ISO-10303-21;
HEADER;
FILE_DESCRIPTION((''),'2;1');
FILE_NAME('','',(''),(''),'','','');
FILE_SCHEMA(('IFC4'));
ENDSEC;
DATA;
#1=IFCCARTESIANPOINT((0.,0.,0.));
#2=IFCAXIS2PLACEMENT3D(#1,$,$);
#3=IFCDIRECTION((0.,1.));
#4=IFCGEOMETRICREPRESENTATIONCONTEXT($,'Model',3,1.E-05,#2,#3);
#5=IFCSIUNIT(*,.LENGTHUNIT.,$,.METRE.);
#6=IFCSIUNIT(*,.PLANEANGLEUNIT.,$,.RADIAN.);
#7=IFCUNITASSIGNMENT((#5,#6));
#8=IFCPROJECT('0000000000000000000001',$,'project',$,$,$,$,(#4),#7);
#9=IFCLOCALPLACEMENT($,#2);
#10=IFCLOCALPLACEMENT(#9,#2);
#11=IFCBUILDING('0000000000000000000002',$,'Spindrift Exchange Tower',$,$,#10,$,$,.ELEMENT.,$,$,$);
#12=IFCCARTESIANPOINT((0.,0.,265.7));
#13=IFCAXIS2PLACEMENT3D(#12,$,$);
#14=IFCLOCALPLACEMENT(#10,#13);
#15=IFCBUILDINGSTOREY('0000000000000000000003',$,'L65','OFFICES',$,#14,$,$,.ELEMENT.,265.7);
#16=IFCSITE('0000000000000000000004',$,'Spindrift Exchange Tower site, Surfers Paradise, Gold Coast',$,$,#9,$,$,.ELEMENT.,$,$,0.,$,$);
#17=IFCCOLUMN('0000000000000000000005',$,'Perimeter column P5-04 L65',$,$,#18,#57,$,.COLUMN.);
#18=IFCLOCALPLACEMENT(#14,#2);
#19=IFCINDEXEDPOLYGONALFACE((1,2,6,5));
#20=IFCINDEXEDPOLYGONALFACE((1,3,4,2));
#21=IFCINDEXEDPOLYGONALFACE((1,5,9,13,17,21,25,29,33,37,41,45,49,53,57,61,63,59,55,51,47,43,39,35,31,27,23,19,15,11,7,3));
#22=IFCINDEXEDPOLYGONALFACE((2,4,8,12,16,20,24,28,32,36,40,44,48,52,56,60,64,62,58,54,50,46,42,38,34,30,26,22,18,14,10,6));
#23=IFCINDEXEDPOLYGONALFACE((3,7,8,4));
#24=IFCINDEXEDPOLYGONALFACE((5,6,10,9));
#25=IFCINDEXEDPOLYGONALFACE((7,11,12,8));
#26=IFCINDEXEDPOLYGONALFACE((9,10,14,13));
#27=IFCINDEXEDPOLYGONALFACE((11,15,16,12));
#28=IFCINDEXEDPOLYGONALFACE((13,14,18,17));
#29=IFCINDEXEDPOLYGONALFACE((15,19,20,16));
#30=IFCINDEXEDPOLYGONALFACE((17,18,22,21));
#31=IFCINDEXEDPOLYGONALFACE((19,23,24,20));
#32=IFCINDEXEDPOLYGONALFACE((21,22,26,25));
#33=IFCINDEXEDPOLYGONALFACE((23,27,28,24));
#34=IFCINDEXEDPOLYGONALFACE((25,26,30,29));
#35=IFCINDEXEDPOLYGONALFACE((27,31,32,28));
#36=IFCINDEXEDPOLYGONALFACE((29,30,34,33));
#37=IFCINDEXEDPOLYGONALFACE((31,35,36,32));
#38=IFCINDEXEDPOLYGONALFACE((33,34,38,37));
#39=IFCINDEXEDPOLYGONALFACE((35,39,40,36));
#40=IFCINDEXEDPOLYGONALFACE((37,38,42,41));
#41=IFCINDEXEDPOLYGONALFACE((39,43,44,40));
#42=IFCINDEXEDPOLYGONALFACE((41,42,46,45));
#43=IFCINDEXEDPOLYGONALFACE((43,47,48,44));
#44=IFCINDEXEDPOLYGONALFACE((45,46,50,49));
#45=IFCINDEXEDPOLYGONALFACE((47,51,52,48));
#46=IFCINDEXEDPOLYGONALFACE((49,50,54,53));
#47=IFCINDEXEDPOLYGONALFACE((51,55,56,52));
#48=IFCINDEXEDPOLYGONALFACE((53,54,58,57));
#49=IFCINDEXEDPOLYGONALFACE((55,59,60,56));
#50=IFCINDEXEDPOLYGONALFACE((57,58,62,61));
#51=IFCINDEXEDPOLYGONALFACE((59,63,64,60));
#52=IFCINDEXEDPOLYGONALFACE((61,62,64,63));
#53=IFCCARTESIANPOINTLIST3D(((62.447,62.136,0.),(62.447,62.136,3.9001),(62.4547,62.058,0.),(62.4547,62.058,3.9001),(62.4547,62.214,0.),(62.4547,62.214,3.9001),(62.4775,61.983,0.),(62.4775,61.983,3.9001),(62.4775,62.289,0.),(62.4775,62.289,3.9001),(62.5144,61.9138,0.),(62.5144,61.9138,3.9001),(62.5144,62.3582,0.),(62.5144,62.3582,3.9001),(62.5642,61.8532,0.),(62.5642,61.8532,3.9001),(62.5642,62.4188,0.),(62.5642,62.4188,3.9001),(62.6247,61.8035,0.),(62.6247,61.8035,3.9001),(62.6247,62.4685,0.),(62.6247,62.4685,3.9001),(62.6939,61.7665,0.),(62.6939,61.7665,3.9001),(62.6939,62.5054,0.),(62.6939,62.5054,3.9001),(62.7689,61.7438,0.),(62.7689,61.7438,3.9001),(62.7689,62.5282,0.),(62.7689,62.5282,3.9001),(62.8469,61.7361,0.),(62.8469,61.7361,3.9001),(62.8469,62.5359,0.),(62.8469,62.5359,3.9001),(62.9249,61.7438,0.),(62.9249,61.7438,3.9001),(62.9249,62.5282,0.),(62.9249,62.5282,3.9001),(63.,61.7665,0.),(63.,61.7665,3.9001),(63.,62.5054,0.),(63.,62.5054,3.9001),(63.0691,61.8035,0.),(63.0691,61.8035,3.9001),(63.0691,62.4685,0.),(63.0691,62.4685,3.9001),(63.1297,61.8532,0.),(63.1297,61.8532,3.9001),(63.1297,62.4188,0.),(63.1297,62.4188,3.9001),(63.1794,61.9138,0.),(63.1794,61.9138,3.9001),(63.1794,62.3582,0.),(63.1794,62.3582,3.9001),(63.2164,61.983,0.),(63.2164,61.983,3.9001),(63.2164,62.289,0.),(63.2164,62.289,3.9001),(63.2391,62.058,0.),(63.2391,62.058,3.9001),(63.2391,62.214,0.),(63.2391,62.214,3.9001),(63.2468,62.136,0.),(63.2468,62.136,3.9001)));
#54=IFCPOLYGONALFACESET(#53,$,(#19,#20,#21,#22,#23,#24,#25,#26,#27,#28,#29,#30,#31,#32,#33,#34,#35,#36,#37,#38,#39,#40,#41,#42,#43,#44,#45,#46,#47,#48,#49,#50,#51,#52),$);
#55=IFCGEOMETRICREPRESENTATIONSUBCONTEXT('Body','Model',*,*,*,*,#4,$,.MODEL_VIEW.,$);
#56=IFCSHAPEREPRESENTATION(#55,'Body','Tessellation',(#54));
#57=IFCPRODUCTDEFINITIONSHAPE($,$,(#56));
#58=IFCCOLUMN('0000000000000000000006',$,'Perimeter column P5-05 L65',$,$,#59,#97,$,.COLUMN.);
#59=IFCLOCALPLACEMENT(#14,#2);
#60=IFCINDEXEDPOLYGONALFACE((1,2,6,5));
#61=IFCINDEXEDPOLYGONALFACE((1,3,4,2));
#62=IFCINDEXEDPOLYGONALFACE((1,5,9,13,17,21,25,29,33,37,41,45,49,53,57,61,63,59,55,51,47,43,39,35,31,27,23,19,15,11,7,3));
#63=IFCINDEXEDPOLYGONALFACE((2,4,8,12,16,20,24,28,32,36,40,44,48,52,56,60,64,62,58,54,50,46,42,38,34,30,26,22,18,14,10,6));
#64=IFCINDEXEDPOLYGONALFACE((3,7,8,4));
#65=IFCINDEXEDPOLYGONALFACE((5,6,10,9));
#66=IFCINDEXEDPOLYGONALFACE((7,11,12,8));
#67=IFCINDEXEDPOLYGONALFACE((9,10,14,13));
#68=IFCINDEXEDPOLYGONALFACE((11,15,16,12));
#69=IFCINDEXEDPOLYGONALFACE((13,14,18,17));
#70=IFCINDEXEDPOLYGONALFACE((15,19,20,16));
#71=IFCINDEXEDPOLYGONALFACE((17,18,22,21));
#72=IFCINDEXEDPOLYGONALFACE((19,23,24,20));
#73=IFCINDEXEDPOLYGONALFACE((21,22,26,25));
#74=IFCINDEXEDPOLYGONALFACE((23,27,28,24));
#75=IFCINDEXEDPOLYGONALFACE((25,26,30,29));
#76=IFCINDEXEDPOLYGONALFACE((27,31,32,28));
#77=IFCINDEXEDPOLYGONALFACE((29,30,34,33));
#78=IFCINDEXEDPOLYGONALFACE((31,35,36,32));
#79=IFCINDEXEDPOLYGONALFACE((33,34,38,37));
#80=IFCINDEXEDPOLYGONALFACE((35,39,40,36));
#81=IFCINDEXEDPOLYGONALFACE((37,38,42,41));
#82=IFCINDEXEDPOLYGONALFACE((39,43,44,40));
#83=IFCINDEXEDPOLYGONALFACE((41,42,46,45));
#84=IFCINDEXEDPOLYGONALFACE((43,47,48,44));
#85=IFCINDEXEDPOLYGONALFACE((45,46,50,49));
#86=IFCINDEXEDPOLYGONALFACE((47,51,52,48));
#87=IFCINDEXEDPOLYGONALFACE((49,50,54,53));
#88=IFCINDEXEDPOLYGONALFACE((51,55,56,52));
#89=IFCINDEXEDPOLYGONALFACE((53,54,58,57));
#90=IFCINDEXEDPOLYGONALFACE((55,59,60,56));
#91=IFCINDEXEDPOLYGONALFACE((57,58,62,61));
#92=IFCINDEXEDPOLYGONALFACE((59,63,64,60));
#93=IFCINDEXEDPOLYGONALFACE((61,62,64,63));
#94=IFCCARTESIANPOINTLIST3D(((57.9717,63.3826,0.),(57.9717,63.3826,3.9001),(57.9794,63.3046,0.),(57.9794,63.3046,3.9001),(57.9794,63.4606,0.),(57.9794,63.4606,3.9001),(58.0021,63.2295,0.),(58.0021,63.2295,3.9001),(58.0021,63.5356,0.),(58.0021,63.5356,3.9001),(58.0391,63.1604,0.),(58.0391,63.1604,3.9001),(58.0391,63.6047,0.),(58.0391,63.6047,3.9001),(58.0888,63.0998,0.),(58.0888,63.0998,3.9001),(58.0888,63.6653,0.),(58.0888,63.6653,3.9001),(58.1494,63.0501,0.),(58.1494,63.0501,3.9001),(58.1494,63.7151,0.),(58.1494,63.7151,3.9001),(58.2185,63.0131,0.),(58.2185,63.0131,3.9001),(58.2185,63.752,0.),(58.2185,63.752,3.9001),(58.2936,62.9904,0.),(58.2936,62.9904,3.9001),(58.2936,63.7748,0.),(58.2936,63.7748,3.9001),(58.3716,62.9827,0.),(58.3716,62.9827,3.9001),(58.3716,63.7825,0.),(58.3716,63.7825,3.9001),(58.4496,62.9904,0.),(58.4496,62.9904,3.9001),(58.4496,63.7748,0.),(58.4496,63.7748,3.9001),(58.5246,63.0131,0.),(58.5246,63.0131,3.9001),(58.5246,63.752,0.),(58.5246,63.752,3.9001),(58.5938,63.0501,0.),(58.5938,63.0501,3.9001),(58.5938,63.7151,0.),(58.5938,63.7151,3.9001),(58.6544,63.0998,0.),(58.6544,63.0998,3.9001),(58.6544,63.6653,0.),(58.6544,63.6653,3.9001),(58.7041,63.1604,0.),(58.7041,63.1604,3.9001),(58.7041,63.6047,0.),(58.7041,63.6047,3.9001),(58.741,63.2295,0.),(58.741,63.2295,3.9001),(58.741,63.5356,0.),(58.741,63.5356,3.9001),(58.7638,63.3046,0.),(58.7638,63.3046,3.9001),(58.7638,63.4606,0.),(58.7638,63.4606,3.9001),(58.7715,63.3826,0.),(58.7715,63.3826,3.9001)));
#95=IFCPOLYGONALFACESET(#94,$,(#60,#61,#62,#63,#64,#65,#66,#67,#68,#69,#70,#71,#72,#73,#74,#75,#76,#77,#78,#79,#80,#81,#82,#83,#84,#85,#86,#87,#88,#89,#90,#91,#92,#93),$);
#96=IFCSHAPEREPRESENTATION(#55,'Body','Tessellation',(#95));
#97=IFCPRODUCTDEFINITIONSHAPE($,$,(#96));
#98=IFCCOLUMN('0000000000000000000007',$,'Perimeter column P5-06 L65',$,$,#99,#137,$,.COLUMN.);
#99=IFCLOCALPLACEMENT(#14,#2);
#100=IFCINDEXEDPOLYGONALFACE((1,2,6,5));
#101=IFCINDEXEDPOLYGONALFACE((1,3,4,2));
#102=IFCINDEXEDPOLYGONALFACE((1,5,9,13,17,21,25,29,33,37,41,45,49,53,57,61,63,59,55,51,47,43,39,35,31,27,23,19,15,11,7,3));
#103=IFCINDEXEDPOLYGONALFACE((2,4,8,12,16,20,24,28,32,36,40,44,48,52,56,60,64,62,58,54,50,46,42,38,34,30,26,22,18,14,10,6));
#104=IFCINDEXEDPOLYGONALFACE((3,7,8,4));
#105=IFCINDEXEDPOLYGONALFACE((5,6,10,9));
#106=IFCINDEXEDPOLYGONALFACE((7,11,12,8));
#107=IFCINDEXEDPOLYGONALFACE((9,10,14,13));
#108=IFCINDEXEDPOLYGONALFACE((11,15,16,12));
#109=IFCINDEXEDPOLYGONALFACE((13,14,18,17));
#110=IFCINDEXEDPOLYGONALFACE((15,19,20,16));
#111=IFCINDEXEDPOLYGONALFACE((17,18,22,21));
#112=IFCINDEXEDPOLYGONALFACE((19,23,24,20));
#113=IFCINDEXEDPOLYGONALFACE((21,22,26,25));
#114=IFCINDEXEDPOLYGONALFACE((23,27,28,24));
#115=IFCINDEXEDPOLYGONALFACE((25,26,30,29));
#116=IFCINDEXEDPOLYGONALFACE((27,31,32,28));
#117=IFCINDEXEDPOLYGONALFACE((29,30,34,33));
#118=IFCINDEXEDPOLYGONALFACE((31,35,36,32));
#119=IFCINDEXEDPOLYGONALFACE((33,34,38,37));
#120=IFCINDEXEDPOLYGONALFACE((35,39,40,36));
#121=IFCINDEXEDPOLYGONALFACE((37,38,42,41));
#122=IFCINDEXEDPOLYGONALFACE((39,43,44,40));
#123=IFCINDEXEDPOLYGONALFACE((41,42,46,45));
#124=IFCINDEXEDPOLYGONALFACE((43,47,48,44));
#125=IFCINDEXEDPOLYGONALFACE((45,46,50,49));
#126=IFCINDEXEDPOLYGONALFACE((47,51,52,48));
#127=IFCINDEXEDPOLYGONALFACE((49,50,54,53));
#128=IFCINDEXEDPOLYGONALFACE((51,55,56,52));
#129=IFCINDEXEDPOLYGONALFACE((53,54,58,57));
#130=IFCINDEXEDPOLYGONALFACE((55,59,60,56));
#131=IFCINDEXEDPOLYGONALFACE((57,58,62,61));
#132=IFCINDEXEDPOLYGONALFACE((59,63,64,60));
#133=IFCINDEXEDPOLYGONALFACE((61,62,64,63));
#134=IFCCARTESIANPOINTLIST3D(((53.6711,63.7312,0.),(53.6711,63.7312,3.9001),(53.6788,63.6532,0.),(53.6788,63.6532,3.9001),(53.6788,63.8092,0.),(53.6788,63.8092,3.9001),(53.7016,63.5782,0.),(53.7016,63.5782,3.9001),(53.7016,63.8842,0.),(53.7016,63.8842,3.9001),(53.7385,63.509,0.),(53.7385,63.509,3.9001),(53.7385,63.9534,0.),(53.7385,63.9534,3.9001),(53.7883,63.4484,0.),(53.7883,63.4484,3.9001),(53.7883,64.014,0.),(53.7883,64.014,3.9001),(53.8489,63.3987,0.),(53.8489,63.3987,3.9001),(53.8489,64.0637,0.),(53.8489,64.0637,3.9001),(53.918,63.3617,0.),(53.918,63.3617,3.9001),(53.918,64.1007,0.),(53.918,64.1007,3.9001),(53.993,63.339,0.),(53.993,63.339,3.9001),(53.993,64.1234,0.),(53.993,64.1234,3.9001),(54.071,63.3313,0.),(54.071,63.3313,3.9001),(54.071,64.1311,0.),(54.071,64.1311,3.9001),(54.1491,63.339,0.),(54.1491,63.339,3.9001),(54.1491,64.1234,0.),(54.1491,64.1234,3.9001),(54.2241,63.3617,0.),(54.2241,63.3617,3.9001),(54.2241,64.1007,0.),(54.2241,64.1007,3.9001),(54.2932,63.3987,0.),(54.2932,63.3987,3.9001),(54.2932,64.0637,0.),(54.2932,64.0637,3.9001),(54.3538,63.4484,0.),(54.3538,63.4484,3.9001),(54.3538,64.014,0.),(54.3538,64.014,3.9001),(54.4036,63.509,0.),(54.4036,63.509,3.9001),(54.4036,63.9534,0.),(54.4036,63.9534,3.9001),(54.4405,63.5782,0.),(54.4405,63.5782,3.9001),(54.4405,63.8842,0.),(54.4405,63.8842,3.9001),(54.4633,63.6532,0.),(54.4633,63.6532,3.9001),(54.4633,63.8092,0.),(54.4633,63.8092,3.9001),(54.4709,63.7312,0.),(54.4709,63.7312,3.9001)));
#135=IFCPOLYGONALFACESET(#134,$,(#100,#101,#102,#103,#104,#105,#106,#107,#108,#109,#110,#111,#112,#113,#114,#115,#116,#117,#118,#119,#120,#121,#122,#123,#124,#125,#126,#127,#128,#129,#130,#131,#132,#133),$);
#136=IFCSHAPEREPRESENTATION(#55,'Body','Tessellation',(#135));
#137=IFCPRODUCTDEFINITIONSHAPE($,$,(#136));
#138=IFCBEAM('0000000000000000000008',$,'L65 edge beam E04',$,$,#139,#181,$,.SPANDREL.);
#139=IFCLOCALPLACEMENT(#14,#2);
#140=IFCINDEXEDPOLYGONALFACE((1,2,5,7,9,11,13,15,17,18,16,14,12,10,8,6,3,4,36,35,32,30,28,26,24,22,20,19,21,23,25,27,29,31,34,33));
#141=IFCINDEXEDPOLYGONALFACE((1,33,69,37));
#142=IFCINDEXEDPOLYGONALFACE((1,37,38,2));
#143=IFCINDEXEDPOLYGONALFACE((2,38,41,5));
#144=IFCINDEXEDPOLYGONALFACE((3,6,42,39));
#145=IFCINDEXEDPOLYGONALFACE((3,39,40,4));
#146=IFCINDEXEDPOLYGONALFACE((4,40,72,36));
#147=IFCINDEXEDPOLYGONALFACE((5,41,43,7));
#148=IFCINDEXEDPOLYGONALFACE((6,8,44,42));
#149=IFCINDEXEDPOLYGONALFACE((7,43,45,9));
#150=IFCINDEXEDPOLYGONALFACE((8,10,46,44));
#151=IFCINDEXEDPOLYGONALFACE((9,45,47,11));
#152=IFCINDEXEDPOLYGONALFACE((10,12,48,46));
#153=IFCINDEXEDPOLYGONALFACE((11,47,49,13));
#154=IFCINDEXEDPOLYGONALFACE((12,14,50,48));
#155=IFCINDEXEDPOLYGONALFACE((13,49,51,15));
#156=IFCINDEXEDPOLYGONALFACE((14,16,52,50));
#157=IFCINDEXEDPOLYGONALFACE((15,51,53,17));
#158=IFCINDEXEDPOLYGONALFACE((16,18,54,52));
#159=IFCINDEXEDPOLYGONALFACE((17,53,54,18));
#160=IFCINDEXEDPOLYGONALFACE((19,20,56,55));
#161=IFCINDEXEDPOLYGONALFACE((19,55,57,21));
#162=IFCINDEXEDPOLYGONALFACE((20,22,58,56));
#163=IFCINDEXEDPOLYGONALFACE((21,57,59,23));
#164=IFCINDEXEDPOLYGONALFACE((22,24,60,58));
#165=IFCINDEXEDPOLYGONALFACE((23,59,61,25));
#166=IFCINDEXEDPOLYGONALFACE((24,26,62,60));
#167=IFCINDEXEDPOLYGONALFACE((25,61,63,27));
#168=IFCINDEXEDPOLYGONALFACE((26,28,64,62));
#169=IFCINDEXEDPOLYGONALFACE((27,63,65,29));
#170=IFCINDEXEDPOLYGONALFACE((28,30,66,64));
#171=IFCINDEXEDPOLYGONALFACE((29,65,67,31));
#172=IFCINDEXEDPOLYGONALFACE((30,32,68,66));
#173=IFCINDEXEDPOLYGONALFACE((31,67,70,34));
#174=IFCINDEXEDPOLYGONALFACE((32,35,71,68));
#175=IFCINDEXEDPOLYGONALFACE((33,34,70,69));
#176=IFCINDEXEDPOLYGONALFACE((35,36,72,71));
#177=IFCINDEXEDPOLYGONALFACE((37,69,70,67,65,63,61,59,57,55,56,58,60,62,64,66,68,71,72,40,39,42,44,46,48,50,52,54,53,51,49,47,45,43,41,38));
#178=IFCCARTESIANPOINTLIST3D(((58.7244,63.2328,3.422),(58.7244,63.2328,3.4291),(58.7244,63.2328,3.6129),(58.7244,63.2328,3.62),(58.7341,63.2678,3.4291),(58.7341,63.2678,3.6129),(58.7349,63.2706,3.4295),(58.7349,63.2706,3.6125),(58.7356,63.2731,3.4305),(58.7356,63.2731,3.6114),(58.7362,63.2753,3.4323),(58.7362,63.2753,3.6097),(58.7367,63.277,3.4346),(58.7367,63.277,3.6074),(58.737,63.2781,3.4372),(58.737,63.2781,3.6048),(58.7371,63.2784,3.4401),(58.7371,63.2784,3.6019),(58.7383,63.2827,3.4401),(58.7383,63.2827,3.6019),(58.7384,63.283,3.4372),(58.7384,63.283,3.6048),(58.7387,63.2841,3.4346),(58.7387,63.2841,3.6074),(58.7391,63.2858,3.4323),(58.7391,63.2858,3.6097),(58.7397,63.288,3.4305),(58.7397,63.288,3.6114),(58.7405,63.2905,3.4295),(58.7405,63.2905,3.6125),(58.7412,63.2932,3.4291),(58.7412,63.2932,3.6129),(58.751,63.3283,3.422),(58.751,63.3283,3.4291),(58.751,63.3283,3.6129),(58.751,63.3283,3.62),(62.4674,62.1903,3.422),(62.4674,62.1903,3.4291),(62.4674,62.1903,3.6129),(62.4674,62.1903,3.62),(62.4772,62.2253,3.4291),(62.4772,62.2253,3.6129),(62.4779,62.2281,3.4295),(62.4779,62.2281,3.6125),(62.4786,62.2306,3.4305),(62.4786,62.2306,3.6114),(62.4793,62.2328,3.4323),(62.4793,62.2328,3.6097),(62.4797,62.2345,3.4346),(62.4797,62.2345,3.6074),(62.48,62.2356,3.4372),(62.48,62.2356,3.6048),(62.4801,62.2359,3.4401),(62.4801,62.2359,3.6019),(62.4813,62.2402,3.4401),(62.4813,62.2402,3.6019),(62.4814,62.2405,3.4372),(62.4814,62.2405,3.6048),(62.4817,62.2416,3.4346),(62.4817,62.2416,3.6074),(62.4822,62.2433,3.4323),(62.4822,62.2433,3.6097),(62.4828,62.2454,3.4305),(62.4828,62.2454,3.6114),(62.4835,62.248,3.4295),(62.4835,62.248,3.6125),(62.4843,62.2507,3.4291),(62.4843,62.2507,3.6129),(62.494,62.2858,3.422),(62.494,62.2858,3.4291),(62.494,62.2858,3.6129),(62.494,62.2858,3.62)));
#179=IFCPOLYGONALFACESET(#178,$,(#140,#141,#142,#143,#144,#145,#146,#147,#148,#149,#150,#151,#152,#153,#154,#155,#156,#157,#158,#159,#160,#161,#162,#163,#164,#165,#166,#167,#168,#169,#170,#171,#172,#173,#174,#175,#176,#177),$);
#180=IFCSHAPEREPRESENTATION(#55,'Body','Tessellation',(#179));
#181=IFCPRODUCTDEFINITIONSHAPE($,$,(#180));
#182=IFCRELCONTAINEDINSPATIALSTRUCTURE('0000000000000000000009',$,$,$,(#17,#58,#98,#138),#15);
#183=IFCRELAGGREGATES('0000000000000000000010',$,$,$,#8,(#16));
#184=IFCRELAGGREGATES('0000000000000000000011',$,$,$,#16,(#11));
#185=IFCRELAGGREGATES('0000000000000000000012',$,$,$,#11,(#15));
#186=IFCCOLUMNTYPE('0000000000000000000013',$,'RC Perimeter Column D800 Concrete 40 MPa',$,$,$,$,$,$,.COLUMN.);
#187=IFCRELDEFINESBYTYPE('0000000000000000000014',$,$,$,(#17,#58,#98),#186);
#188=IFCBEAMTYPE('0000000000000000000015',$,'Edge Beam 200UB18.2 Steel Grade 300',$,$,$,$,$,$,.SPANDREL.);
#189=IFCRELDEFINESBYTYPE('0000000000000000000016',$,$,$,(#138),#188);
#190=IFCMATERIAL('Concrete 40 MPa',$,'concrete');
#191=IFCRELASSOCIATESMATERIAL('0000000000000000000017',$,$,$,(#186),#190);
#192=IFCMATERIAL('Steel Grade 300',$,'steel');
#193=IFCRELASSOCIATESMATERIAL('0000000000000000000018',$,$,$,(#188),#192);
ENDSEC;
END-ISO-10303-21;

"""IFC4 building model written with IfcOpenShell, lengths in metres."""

from ifc_helpers import new_model, si_unit, direction, frame, origin, origin_2d, place, context, subcontext, project, spatial, circle, i_section, extrude, source, transform, mapped, material, material_profile, profile_set, type_object, element, save


model = new_model("IFC4")

# Units and contexts
model_context = context("Model", 3, precision=1e-05, world=origin(), true_north=direction((0.0, 1.0)))
body_context = subcontext(model_context, "Body", "Model", "MODEL_VIEW")
ifc_project = project(units=[si_unit("LENGTHUNIT", "METRE"), si_unit("PLANEANGLEUNIT", "RADIAN")], contexts=[model_context])

# Site, building, storey
site_placement = place(None, origin())
site = spatial("IfcSite", under=ifc_project, at=site_placement, Name="Spindrift Exchange Tower site, Surfers Paradise, Gold Coast", CompositionType="ELEMENT", RefElevation=0.0)
building_placement = place(site_placement, origin())
building = spatial("IfcBuilding", under=site, at=building_placement, Name="Spindrift Exchange Tower", CompositionType="ELEMENT")
storey_placement = place(building_placement, frame((0.0, 0.0, 265.7)))
storey = spatial("IfcBuildingStorey", under=building, at=storey_placement, Name="L65", Description="OFFICES", CompositionType="ELEMENT", Elevation=265.7)

# Columns
ifc_material_1 = material(Name="Concrete 40 MPa", Category="concrete")
ifc_material_profile_1 = material_profile(ifc_material_1, circle(Radius=0.3999, at=origin_2d()), Name="RC D800")
ifc_profile_set_1 = profile_set([ifc_material_profile_1], Name="Concrete 40 MPa")
column_type = type_object("IfcColumnType", Name="RC Perimeter Column D800 Concrete 40 MPa", PredefinedType="COLUMN", material=ifc_profile_set_1)
shared_shape_1 = source(origin(), body_context, "Body", "SweptSolid", [
    extrude(circle(Radius=0.3999, at=origin_2d()), origin(), (0.0, 0.0, 1.0), 3.9001),
])
for number, where, z_axis, x_axis, name in (
    (1, (62.8469, 62.136, 0.0), (0.0, 0.0, 1.0), (1.0, 0.0, 0.0), "Perimeter column P5-04 L65"),
    (2, (58.3716, 63.3826, 0.0), (0.0, 0.0, 1.0), (1.0, 0.0, 0.0), "Perimeter column P5-05 L65"),
    (3, (54.071, 63.7312, 0.0), (0.0, 0.0, 1.0), (1.0, 0.0, 0.0), "Perimeter column P5-06 L65"),
):
    element("IfcColumn", number, at=place(storey_placement, frame(where, z_axis=z_axis, x_axis=x_axis)), inside=storey, type_object=column_type, Name=name, PredefinedType="COLUMN", context=body_context, shape_type="MappedRepresentation", body=[
        mapped(shared_shape_1, transform((0.0, 0.0, 0.0), scale=1.0)),
    ])

# Beam
ifc_material_2 = material(Name="Steel Grade 300", Category="steel")
ifc_material_profile_2 = material_profile(ifc_material_2, i_section(OverallWidth=0.0991, OverallDepth=0.198, WebThickness=0.0044, FlangeThickness=0.0071, FilletRadius=0.011, at=origin_2d()), Name="200UB18.2")
ifc_profile_set_2 = profile_set([ifc_material_profile_2], Name="Steel Grade 300")
beam_type = type_object("IfcBeamType", Name="Edge Beam 200UB18.2 Steel Grade 300", PredefinedType="SPANDREL", material=ifc_profile_set_2)
shared_shape_2 = source(origin(), body_context, "Body", "SweptSolid", [
    extrude(i_section(OverallWidth=0.0991, OverallDepth=0.198, WebThickness=0.0044, FlangeThickness=0.0071, FilletRadius=0.011, at=origin_2d()), origin(), (0.0, 0.0, 1.0), 3.8855),
])
beam_1_placement = place(storey_placement, frame((62.4807, 62.238, 3.521), z_axis=(-0.963333, 0.268308, 0.0), x_axis=(-0.268308, -0.963333, 0.0)))
element("IfcBeam", 4, at=beam_1_placement, inside=storey, type_object=beam_type, Name="L65 edge beam E04", PredefinedType="SPANDREL", context=body_context, shape_type="MappedRepresentation", body=[
    mapped(shared_shape_2, transform((0.0, 0.0, 0.0), scale=1.0)),
])

save(model, "model.ifc")
